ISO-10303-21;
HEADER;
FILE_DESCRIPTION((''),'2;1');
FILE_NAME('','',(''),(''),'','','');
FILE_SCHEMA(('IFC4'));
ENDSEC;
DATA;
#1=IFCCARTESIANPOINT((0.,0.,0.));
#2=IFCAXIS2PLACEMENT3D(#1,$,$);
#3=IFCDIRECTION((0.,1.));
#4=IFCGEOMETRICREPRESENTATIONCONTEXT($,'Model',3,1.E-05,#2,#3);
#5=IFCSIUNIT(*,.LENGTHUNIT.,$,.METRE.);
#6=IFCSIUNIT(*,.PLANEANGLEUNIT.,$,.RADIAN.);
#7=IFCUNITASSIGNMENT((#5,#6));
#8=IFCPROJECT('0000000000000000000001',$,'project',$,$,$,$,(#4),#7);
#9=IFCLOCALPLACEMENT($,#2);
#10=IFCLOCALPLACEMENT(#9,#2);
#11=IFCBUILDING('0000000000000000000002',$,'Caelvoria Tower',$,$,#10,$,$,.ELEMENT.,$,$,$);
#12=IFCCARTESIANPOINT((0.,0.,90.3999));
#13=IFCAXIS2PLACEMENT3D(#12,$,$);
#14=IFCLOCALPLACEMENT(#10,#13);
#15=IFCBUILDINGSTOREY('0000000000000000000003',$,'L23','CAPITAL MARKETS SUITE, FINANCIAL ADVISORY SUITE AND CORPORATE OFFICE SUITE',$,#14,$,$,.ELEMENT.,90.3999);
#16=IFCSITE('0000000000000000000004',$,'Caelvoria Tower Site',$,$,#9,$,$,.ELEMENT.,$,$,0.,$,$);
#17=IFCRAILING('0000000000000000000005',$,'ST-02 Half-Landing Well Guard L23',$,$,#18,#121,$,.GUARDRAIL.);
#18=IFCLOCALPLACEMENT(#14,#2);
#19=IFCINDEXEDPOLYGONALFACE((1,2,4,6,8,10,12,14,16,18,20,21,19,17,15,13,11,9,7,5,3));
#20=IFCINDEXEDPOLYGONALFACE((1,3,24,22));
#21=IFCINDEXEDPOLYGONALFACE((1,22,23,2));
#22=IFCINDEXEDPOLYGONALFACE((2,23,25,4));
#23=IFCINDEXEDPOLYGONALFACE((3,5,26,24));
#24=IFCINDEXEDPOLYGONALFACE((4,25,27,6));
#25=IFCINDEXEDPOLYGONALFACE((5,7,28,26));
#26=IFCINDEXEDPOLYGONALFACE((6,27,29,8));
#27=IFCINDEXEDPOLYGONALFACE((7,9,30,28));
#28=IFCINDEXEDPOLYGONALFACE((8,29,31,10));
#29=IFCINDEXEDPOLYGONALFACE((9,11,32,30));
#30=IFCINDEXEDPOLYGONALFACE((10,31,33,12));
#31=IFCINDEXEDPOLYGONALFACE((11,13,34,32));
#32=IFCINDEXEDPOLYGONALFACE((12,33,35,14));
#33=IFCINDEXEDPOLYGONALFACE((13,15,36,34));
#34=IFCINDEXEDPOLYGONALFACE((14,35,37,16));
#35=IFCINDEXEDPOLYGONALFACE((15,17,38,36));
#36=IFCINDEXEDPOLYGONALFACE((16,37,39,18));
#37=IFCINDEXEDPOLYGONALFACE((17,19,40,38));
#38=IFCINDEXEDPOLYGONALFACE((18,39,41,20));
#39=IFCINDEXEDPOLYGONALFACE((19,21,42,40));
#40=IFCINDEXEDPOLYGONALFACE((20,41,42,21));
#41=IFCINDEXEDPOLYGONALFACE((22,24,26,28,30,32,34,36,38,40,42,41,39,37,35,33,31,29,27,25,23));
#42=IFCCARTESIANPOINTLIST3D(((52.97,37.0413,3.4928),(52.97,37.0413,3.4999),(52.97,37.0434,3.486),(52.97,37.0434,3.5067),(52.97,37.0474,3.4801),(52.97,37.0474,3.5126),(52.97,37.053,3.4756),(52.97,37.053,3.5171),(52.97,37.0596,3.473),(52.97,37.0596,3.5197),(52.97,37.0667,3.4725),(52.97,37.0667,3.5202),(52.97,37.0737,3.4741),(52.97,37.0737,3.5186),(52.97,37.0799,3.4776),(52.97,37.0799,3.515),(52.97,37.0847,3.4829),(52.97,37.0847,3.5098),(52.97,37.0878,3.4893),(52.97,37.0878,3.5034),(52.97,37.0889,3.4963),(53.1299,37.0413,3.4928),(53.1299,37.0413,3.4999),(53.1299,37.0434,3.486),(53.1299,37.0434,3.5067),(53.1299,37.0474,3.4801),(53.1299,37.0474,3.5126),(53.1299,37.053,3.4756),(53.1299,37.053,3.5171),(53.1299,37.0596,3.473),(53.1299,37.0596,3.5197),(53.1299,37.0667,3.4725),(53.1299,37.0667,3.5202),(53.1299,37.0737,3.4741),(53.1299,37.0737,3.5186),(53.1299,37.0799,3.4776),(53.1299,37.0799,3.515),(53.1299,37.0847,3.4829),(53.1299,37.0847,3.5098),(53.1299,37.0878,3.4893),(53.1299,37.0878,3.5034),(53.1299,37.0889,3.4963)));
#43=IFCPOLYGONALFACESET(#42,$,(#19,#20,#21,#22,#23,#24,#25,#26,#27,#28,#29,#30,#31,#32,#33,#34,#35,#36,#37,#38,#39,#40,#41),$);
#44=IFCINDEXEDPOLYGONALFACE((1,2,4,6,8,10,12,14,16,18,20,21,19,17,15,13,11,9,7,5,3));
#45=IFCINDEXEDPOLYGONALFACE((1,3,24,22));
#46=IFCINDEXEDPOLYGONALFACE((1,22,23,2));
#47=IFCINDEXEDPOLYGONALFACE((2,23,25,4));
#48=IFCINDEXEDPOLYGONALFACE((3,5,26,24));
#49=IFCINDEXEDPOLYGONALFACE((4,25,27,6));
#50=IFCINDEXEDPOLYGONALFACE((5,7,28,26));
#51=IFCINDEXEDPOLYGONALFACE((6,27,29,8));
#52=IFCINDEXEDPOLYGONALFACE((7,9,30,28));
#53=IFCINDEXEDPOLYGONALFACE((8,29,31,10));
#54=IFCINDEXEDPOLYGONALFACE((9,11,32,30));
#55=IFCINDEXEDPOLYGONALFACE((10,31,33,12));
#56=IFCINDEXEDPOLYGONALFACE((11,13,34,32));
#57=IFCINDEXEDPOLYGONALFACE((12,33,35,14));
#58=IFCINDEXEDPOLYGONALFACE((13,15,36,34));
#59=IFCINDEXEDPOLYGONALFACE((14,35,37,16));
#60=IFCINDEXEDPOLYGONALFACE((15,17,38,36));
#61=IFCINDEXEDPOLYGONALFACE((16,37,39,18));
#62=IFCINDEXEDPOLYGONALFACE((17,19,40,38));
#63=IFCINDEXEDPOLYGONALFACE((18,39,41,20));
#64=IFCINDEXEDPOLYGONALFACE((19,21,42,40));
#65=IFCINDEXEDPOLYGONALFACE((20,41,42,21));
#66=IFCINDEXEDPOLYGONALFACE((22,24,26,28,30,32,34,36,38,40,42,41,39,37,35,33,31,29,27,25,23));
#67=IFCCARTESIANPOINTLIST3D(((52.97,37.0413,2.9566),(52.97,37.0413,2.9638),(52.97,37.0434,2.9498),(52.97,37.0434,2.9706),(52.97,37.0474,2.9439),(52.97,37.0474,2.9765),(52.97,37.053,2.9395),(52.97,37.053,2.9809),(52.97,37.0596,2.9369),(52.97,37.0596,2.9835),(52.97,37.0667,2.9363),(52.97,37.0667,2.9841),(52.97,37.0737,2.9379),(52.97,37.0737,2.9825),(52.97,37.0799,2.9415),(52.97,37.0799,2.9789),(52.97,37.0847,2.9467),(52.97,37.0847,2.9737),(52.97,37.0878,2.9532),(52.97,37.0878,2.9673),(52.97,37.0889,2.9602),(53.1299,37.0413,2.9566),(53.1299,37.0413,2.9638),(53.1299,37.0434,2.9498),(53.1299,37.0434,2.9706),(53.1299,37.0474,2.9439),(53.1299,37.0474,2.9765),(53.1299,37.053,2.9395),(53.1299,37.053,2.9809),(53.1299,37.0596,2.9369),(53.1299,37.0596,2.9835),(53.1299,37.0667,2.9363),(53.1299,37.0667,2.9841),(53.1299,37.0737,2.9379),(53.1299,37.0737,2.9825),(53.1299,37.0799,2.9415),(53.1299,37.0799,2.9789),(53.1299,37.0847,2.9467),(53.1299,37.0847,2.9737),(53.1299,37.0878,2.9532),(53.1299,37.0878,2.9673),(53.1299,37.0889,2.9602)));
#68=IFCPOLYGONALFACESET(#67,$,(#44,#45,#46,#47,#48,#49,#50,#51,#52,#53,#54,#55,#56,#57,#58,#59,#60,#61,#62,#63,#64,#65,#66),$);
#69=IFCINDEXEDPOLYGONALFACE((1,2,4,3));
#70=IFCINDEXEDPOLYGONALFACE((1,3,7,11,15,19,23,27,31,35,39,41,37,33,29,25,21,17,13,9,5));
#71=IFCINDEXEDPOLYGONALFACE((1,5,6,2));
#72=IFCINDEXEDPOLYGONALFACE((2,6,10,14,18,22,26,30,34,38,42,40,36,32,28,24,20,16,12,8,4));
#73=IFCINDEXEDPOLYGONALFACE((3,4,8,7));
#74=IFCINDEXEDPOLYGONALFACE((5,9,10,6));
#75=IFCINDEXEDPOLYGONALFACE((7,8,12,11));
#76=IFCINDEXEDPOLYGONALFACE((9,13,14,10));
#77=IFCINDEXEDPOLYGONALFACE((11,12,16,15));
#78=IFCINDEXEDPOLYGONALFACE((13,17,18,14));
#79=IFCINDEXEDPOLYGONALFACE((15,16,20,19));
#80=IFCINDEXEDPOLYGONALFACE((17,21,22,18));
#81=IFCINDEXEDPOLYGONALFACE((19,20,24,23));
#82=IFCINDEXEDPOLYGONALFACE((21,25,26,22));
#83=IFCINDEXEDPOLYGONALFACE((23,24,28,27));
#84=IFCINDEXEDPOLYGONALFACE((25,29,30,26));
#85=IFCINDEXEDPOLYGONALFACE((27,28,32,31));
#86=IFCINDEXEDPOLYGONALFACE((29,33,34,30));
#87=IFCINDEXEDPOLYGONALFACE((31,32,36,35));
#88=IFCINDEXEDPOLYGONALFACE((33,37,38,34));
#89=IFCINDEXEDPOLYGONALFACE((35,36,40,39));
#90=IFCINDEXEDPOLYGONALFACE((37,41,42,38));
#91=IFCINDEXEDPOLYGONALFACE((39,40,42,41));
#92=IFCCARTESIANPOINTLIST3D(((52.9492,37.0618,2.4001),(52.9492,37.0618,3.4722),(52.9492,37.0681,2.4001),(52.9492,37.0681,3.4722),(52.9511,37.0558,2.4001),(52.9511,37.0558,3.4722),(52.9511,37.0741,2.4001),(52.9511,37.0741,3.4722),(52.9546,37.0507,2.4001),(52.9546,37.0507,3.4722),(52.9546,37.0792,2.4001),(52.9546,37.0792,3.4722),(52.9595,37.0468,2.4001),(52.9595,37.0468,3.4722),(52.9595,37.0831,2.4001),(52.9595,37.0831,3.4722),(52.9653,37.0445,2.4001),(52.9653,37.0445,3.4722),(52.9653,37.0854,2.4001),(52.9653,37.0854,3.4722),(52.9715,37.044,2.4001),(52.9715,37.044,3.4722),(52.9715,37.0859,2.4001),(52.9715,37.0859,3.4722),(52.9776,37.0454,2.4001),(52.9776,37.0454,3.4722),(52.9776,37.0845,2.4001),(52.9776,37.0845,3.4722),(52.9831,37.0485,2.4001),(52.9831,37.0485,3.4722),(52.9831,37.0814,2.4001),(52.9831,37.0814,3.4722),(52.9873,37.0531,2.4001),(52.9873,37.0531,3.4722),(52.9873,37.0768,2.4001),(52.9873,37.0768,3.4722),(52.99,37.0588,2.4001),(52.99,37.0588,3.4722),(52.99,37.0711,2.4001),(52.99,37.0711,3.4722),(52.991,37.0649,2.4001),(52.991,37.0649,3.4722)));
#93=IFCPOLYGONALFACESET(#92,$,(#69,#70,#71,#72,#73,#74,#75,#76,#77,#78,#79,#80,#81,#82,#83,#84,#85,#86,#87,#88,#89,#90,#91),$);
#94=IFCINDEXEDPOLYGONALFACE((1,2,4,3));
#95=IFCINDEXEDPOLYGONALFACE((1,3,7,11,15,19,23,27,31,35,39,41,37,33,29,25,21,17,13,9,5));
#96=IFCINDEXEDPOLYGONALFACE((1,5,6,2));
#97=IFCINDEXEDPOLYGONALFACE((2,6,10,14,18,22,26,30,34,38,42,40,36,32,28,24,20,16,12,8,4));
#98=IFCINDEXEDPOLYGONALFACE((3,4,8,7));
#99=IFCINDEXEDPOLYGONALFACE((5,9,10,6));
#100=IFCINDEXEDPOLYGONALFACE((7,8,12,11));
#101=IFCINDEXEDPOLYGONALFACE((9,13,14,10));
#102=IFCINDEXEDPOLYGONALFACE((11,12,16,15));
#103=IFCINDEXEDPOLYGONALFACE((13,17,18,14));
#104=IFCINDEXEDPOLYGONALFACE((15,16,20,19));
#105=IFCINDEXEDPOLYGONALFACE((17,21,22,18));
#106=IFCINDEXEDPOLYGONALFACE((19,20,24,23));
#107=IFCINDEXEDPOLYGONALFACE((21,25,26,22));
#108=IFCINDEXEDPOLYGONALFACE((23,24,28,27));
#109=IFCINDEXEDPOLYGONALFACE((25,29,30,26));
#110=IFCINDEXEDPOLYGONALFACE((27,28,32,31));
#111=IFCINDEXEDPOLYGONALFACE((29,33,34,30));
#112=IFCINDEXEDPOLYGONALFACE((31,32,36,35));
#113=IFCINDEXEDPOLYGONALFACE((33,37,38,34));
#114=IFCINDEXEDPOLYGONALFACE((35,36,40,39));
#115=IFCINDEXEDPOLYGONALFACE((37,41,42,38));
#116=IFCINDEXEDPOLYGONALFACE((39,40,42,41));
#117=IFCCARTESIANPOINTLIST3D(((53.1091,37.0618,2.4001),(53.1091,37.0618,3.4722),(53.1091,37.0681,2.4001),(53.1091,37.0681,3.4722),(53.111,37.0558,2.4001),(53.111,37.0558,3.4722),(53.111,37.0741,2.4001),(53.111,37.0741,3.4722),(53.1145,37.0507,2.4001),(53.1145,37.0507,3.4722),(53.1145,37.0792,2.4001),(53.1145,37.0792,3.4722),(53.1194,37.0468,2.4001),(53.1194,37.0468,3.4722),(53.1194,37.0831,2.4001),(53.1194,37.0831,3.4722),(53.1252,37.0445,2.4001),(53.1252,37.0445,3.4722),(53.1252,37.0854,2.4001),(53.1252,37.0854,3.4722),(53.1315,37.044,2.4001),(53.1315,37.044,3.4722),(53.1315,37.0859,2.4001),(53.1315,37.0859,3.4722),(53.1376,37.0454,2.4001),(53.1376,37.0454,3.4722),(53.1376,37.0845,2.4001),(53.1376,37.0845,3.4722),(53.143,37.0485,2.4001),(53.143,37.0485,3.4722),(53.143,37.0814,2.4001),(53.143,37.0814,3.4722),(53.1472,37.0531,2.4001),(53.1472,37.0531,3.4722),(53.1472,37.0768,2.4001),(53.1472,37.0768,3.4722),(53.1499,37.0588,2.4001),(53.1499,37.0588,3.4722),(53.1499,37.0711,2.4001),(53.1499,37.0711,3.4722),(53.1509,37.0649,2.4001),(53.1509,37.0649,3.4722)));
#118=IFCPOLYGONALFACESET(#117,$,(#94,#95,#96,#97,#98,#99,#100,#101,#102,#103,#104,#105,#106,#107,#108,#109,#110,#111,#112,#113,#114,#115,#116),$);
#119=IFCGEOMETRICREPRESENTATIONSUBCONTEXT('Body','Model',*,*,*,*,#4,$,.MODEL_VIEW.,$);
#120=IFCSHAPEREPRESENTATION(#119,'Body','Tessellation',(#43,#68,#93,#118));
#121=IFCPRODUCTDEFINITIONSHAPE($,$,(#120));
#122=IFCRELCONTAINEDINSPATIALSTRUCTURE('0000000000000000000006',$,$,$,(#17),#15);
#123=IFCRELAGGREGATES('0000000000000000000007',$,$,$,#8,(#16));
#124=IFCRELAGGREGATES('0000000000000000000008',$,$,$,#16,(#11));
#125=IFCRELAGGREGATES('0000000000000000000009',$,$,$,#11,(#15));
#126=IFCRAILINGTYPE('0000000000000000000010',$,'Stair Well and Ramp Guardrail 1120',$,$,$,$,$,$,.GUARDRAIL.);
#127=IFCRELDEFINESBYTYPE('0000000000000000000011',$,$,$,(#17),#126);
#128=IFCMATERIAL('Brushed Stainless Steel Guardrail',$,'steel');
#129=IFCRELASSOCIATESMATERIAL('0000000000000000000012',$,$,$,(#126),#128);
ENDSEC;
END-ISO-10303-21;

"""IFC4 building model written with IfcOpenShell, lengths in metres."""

from ifc_helpers import new_model, si_unit, direction, frame, origin, origin_2d, place, context, subcontext, project, spatial, circle, extrude, material, type_object, element, save


model = new_model("IFC4")

# Units and contexts
model_context = context("Model", 3, precision=1e-05, world=origin(), true_north=direction((0.0, 1.0)))
body_context = subcontext(model_context, "Body", "Model", "MODEL_VIEW")
ifc_project = project(units=[si_unit("LENGTHUNIT", "METRE"), si_unit("PLANEANGLEUNIT", "RADIAN")], contexts=[model_context])

# Site, building, storey
site_placement = place(None, origin())
site = spatial("IfcSite", under=ifc_project, at=site_placement, Name="Caelvoria Tower Site", CompositionType="ELEMENT", RefElevation=0.0)
building_placement = place(site_placement, origin())
building = spatial("IfcBuilding", under=site, at=building_placement, Name="Caelvoria Tower", CompositionType="ELEMENT")
storey_placement = place(building_placement, frame((0.0, 0.0, 90.3999)))
storey = spatial("IfcBuildingStorey", under=building, at=storey_placement, Name="L23", Description="CAPITAL MARKETS SUITE, FINANCIAL ADVISORY SUITE AND CORPORATE OFFICE SUITE", CompositionType="ELEMENT", Elevation=90.3999)

# Railing
ifc_material_1 = material(Name="Brushed Stainless Steel Guardrail", Category="steel")
railing_type_1 = type_object("IfcRailingType", Name="Stair Well and Ramp Guardrail 1120", PredefinedType="GUARDRAIL", material=ifc_material_1)
railing_1_placement = place(storey_placement, frame((52.97, 37.0649, 2.4001)))
element("IfcRailing", 1, at=railing_1_placement, inside=storey, type_object=railing_type_1, Name="ST-02 Half-Landing Well Guard L23", PredefinedType="GUARDRAIL", context=body_context, shape_type="SweptSolid", body=[
    extrude(circle(Radius=0.0239, at=origin_2d()), frame((0.0, 0.0, 1.0962), z_axis=(1.0, 0.0, 0.0), x_axis=(0.0, 1.0, 0.0)), (0.0, 0.0, 1.0), 0.1599),
    extrude(circle(Radius=0.0239, at=origin_2d()), frame((0.0, 0.0, 0.5601), z_axis=(1.0, 0.0, 0.0), x_axis=(0.0, 1.0, 0.0)), (0.0, 0.0, 1.0), 0.1599),
    extrude(circle(Radius=0.021, at=origin_2d()), origin(), (0.0, 0.0, 1.0), 1.072),
    extrude(circle(Radius=0.021, at=origin_2d()), frame((0.1599, 0.0, 0.0)), (0.0, 0.0, 1.0), 1.072),
])

save(model, "model.ifc")
